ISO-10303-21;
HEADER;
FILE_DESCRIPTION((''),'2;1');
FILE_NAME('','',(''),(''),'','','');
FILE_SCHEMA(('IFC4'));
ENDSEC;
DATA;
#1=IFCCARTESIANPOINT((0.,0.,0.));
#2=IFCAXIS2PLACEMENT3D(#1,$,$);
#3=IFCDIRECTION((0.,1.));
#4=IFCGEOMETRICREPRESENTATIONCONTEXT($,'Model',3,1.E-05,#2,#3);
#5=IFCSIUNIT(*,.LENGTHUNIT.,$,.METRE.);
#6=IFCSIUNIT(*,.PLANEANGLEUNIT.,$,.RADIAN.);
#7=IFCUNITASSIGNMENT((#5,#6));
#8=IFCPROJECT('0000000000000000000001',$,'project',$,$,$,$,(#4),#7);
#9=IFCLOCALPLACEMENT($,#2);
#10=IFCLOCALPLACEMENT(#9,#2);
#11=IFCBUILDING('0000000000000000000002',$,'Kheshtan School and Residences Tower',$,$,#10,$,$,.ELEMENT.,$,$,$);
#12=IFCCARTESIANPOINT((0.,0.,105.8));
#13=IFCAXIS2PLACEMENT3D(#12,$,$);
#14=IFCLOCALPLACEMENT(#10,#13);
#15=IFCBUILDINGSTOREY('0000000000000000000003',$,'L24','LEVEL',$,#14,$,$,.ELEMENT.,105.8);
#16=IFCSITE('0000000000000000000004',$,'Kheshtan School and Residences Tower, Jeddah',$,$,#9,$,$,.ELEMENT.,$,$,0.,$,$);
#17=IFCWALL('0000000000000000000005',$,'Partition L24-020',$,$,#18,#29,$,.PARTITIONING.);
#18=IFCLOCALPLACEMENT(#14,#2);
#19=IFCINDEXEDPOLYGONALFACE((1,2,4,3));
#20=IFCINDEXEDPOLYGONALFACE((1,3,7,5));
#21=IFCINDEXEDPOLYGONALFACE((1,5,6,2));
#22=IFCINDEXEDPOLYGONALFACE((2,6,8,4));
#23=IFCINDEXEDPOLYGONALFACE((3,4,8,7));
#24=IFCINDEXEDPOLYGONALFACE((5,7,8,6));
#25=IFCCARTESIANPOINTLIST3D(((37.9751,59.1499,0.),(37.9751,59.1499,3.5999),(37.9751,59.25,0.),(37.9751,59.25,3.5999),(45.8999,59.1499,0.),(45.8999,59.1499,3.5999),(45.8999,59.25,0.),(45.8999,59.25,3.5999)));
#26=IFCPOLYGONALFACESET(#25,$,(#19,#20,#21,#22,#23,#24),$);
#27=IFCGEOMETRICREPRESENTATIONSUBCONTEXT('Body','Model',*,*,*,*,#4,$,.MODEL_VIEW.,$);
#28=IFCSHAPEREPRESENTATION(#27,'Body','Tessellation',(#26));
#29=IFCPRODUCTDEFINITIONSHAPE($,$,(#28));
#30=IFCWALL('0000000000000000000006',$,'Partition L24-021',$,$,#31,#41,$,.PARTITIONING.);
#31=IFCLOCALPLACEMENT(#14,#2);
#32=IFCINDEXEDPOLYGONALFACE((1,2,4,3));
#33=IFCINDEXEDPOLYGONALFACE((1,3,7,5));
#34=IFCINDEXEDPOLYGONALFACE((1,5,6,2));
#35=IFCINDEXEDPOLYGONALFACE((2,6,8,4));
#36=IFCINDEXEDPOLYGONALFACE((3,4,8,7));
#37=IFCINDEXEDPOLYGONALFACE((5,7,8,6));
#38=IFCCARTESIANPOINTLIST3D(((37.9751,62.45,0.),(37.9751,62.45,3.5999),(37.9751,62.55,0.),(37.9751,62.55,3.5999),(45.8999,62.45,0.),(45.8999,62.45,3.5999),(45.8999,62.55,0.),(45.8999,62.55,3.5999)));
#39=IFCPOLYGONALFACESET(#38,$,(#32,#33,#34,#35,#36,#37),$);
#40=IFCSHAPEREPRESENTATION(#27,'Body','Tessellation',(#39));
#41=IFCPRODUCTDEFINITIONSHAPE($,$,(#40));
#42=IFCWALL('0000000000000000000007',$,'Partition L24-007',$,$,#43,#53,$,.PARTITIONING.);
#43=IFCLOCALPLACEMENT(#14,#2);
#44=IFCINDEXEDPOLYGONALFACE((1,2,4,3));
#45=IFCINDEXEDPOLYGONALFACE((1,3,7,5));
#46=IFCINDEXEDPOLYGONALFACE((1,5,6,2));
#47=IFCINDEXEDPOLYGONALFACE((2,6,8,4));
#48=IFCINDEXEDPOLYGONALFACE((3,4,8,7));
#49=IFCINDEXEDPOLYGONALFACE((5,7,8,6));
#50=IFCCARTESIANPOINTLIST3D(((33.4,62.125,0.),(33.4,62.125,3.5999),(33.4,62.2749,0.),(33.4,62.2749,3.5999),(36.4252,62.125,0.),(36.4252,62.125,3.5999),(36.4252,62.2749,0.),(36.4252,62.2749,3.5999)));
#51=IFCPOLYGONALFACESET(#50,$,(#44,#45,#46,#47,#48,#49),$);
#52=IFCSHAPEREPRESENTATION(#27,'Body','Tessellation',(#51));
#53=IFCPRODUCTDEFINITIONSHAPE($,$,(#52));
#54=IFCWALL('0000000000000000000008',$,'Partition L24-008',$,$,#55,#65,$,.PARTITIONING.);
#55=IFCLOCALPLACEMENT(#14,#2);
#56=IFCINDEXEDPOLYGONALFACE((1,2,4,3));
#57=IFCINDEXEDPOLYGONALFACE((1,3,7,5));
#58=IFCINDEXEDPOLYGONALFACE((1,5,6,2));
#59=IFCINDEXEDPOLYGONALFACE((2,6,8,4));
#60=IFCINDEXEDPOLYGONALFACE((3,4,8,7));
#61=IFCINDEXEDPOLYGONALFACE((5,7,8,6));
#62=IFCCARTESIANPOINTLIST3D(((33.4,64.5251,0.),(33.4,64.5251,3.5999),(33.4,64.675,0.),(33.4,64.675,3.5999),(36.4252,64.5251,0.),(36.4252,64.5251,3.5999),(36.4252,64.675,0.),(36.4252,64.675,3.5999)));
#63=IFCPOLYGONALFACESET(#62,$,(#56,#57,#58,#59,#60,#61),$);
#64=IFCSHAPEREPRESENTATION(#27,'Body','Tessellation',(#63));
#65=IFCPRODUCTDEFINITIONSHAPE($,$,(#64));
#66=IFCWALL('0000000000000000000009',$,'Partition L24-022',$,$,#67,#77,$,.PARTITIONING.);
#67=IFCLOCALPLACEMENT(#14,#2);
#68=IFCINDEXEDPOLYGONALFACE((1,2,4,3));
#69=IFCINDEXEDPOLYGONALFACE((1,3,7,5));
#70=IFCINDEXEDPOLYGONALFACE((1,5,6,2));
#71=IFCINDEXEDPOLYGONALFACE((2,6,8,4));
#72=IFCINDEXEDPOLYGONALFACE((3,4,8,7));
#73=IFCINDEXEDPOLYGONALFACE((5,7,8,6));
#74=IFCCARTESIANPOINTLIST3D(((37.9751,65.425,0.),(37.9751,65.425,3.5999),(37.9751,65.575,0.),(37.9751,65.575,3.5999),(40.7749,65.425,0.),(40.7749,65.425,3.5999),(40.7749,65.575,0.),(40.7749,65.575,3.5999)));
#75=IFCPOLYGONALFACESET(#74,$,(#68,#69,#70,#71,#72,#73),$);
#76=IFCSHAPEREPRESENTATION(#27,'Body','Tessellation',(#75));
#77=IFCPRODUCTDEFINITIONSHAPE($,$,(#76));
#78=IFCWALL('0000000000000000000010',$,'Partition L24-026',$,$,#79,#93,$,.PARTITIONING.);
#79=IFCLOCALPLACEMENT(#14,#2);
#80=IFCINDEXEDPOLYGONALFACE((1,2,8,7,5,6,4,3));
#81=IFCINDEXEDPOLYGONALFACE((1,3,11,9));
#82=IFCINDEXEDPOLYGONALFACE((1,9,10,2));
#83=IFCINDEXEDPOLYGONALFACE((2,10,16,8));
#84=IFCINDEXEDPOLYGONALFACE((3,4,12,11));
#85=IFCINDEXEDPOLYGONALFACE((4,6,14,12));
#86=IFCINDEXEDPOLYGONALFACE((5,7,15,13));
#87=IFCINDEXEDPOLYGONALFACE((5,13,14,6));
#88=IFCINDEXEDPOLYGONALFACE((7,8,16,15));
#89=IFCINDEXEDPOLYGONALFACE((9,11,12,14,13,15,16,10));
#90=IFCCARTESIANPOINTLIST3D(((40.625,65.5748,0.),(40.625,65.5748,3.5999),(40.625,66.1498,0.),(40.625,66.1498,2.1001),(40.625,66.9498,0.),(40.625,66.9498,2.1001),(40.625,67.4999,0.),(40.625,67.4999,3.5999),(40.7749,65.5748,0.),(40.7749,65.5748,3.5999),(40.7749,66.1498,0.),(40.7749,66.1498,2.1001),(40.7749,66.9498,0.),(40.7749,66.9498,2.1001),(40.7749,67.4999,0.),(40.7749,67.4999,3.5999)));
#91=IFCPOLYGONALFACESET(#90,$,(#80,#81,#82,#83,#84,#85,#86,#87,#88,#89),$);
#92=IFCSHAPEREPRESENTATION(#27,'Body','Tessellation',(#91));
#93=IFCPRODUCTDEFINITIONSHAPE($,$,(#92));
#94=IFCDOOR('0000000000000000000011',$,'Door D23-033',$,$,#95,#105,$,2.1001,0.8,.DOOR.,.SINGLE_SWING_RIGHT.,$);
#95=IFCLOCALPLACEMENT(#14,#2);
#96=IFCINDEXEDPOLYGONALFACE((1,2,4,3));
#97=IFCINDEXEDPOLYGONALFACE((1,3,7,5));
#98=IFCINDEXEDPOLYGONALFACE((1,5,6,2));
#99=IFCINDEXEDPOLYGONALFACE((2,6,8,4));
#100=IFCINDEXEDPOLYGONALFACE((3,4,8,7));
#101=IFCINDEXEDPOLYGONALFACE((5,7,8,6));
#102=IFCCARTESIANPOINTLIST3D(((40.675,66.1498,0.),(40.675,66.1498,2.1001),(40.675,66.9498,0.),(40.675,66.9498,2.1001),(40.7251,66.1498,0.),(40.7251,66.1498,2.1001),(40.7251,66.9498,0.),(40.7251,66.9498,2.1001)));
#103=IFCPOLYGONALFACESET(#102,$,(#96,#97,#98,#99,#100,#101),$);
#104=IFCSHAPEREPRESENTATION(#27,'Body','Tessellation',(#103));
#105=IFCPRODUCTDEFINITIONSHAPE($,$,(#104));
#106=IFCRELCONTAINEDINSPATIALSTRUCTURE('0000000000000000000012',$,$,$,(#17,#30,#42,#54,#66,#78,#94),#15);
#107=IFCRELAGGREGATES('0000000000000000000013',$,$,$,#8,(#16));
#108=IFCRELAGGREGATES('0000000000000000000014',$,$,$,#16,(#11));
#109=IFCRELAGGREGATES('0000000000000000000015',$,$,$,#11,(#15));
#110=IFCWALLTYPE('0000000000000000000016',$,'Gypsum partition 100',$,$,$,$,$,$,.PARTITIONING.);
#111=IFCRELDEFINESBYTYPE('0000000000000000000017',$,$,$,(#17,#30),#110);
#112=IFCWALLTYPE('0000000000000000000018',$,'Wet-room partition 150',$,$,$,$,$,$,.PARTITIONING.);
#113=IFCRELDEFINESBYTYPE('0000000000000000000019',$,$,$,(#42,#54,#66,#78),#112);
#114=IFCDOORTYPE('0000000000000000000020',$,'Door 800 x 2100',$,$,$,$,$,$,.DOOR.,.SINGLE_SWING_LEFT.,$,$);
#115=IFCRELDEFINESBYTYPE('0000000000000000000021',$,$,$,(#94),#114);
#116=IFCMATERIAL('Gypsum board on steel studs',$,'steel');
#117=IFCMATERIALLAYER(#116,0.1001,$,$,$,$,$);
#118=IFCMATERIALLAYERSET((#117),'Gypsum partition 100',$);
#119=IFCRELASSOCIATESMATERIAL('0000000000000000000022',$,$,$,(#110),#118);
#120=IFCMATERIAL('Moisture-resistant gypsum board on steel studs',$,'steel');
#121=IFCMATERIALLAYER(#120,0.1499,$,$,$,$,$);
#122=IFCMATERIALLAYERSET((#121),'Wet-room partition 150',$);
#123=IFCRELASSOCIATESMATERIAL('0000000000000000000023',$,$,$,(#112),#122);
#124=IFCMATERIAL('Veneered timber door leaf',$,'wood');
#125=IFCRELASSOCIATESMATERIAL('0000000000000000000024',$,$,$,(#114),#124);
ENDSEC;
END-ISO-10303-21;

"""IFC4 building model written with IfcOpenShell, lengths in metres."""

from ifc_helpers import new_model, si_unit, direction, frame, frame_2d, origin, place, context, subcontext, project, spatial, rectangle, extrude, source, transform, mapped, material, layer, layer_set, type_object, element, fill, save


model = new_model("IFC4")

# Units and contexts
model_context = context("Model", 3, precision=1e-05, world=origin(), true_north=direction((0.0, 1.0)))
body_context = subcontext(model_context, "Body", "Model", "MODEL_VIEW")
ifc_project = project(units=[si_unit("LENGTHUNIT", "METRE"), si_unit("PLANEANGLEUNIT", "RADIAN")], contexts=[model_context])

# Site, building, storey
site_placement = place(None, origin())
site = spatial("IfcSite", under=ifc_project, at=site_placement, Name="Kheshtan School and Residences Tower, Jeddah", CompositionType="ELEMENT", RefElevation=0.0)
building_placement = place(site_placement, origin())
building = spatial("IfcBuilding", under=site, at=building_placement, Name="Kheshtan School and Residences Tower", CompositionType="ELEMENT")
storey_placement = place(building_placement, frame((0.0, 0.0, 105.8)))
storey = spatial("IfcBuildingStorey", under=building, at=storey_placement, Name="L24", Description="LEVEL", CompositionType="ELEMENT", Elevation=105.8)

# Walls
ifc_material_1 = material(Name="Gypsum board on steel studs", Category="steel")
ifc_layer_1 = layer(ifc_material_1, 0.1001)
ifc_layer_set_1 = layer_set([ifc_layer_1], Name="Gypsum partition 100")
wall_type_1 = type_object("IfcWallType", Name="Gypsum partition 100", PredefinedType="PARTITIONING", material=ifc_layer_set_1)
for number, where, z_axis, x_axis, name in (
    (1, (37.9751, 59.2, 0.0), (0.0, 0.0, 1.0), (1.0, 0.0, 0.0), "Partition L24-020"),
    (2, (37.9751, 62.5, 0.0), (0.0, 0.0, 1.0), (1.0, 0.0, 0.0), "Partition L24-021"),
):
    element("IfcWall", number, at=place(storey_placement, frame(where, z_axis=z_axis, x_axis=x_axis)), inside=storey, type_object=wall_type_1, Name=name, PredefinedType="PARTITIONING", context=body_context, shape_type="SweptSolid", body=[
        extrude(rectangle(XDim=7.9248, YDim=0.1001, at=frame_2d((3.9624, 0.0))), origin(), (0.0, 0.0, 1.0), 3.5999),
    ])
ifc_material_2 = material(Name="Moisture-resistant gypsum board on steel studs", Category="steel")
ifc_layer_2 = layer(ifc_material_2, 0.1499)
ifc_layer_set_2 = layer_set([ifc_layer_2], Name="Wet-room partition 150")
wall_type_2 = type_object("IfcWallType", Name="Wet-room partition 150", PredefinedType="PARTITIONING", material=ifc_layer_set_2)
for number, where, z_axis, x_axis, name in (
    (3, (33.3999, 62.2, 0.0), (0.0, 0.0, 1.0), (1.0, 0.0, 0.0), "Partition L24-007"),
    (4, (33.3999, 64.6001, 0.0), (0.0, 0.0, 1.0), (1.0, 0.0, 0.0), "Partition L24-008"),
):
    element("IfcWall", number, at=place(storey_placement, frame(where, z_axis=z_axis, x_axis=x_axis)), inside=storey, type_object=wall_type_2, Name=name, PredefinedType="PARTITIONING", context=body_context, shape_type="SweptSolid", body=[
        extrude(rectangle(XDim=3.0251, YDim=0.1499, at=frame_2d((1.5127, 0.0))), origin(), (0.0, 0.0, 1.0), 3.5999),
    ])
wall_1_placement = place(storey_placement, frame((37.9751, 65.5, 0.0), z_axis=(0.0, 0.0, 1.0), x_axis=(1.0, 0.0, 0.0)))
element("IfcWall", 5, at=wall_1_placement, inside=storey, type_object=wall_type_2, Name="Partition L24-022", PredefinedType="PARTITIONING", context=body_context, shape_type="SweptSolid", body=[
    extrude(rectangle(XDim=2.7998, YDim=0.1499, at=frame_2d((1.3999, 0.0))), origin(), (0.0, 0.0, 1.0), 3.5999),
])

# Wall, opening, door
wall_2_placement = place(storey_placement, frame((40.7, 65.575, 0.0), z_axis=(0.0, 0.0, 1.0), x_axis=(0.0, 1.0, 0.0)))
wall_2 = element("IfcWall", 6, at=wall_2_placement, inside=storey, type_object=wall_type_2, Name="Partition L24-026", PredefinedType="PARTITIONING", context=body_context, shape_type="SweptSolid", body=[
    extrude(rectangle(XDim=1.925, YDim=0.1499, at=frame_2d((0.9624, 0.0))), origin(), (0.0, 0.0, 1.0), 3.5999),
])
opening_placement = place(wall_2_placement, frame((0.575, 0.0, 0.0)))
opening = element("IfcOpeningElement", 7, at=opening_placement, cuts=wall_2, PredefinedType="OPENING", context=body_context, shape_type="SweptSolid", body=[
    extrude(rectangle(XDim=0.8, YDim=2.1001, at=frame_2d((0.3999, 1.05))), frame((0.0, 0.085, 0.0), z_axis=(0.0, -1.0, 0.0), x_axis=(1.0, 0.0, 0.0)), (0.0, 0.0, 1.0), 0.1699),
])
ifc_material_3 = material(Name="Veneered timber door leaf", Category="wood")
door_type = type_object("IfcDoorType", Name="Door 800 x 2100", OperationType="SINGLE_SWING_LEFT", PredefinedType="DOOR", material=ifc_material_3)
shared_shape = source(origin(), body_context, "Body", "SweptSolid", [
    extrude(rectangle(XDim=0.8, YDim=2.1001, at=frame_2d((0.3999, 1.05))), frame((0.0, 0.0249, 0.0), z_axis=(0.0, -1.0, 0.0), x_axis=(1.0, 0.0, 0.0)), (0.0, 0.0, 1.0), 0.05),
])
door_placement = place(opening_placement, origin())
door = element("IfcDoor", 8, at=door_placement, inside=storey, type_object=door_type, Name="Door D23-033", OperationType="SINGLE_SWING_RIGHT", OverallHeight=2.1001, OverallWidth=0.8, PredefinedType="DOOR", context=body_context, shape_type="MappedRepresentation", body=[
    mapped(shared_shape, transform((0.0, 0.0, 0.0), x_axis=(1.0, 0.0, 0.0), y_axis=(0.0, 1.0, 0.0), z_axis=(0.0, 0.0, 1.0), scale=1.0)),
])
fill(opening, door)

save(model, "model.ifc")
